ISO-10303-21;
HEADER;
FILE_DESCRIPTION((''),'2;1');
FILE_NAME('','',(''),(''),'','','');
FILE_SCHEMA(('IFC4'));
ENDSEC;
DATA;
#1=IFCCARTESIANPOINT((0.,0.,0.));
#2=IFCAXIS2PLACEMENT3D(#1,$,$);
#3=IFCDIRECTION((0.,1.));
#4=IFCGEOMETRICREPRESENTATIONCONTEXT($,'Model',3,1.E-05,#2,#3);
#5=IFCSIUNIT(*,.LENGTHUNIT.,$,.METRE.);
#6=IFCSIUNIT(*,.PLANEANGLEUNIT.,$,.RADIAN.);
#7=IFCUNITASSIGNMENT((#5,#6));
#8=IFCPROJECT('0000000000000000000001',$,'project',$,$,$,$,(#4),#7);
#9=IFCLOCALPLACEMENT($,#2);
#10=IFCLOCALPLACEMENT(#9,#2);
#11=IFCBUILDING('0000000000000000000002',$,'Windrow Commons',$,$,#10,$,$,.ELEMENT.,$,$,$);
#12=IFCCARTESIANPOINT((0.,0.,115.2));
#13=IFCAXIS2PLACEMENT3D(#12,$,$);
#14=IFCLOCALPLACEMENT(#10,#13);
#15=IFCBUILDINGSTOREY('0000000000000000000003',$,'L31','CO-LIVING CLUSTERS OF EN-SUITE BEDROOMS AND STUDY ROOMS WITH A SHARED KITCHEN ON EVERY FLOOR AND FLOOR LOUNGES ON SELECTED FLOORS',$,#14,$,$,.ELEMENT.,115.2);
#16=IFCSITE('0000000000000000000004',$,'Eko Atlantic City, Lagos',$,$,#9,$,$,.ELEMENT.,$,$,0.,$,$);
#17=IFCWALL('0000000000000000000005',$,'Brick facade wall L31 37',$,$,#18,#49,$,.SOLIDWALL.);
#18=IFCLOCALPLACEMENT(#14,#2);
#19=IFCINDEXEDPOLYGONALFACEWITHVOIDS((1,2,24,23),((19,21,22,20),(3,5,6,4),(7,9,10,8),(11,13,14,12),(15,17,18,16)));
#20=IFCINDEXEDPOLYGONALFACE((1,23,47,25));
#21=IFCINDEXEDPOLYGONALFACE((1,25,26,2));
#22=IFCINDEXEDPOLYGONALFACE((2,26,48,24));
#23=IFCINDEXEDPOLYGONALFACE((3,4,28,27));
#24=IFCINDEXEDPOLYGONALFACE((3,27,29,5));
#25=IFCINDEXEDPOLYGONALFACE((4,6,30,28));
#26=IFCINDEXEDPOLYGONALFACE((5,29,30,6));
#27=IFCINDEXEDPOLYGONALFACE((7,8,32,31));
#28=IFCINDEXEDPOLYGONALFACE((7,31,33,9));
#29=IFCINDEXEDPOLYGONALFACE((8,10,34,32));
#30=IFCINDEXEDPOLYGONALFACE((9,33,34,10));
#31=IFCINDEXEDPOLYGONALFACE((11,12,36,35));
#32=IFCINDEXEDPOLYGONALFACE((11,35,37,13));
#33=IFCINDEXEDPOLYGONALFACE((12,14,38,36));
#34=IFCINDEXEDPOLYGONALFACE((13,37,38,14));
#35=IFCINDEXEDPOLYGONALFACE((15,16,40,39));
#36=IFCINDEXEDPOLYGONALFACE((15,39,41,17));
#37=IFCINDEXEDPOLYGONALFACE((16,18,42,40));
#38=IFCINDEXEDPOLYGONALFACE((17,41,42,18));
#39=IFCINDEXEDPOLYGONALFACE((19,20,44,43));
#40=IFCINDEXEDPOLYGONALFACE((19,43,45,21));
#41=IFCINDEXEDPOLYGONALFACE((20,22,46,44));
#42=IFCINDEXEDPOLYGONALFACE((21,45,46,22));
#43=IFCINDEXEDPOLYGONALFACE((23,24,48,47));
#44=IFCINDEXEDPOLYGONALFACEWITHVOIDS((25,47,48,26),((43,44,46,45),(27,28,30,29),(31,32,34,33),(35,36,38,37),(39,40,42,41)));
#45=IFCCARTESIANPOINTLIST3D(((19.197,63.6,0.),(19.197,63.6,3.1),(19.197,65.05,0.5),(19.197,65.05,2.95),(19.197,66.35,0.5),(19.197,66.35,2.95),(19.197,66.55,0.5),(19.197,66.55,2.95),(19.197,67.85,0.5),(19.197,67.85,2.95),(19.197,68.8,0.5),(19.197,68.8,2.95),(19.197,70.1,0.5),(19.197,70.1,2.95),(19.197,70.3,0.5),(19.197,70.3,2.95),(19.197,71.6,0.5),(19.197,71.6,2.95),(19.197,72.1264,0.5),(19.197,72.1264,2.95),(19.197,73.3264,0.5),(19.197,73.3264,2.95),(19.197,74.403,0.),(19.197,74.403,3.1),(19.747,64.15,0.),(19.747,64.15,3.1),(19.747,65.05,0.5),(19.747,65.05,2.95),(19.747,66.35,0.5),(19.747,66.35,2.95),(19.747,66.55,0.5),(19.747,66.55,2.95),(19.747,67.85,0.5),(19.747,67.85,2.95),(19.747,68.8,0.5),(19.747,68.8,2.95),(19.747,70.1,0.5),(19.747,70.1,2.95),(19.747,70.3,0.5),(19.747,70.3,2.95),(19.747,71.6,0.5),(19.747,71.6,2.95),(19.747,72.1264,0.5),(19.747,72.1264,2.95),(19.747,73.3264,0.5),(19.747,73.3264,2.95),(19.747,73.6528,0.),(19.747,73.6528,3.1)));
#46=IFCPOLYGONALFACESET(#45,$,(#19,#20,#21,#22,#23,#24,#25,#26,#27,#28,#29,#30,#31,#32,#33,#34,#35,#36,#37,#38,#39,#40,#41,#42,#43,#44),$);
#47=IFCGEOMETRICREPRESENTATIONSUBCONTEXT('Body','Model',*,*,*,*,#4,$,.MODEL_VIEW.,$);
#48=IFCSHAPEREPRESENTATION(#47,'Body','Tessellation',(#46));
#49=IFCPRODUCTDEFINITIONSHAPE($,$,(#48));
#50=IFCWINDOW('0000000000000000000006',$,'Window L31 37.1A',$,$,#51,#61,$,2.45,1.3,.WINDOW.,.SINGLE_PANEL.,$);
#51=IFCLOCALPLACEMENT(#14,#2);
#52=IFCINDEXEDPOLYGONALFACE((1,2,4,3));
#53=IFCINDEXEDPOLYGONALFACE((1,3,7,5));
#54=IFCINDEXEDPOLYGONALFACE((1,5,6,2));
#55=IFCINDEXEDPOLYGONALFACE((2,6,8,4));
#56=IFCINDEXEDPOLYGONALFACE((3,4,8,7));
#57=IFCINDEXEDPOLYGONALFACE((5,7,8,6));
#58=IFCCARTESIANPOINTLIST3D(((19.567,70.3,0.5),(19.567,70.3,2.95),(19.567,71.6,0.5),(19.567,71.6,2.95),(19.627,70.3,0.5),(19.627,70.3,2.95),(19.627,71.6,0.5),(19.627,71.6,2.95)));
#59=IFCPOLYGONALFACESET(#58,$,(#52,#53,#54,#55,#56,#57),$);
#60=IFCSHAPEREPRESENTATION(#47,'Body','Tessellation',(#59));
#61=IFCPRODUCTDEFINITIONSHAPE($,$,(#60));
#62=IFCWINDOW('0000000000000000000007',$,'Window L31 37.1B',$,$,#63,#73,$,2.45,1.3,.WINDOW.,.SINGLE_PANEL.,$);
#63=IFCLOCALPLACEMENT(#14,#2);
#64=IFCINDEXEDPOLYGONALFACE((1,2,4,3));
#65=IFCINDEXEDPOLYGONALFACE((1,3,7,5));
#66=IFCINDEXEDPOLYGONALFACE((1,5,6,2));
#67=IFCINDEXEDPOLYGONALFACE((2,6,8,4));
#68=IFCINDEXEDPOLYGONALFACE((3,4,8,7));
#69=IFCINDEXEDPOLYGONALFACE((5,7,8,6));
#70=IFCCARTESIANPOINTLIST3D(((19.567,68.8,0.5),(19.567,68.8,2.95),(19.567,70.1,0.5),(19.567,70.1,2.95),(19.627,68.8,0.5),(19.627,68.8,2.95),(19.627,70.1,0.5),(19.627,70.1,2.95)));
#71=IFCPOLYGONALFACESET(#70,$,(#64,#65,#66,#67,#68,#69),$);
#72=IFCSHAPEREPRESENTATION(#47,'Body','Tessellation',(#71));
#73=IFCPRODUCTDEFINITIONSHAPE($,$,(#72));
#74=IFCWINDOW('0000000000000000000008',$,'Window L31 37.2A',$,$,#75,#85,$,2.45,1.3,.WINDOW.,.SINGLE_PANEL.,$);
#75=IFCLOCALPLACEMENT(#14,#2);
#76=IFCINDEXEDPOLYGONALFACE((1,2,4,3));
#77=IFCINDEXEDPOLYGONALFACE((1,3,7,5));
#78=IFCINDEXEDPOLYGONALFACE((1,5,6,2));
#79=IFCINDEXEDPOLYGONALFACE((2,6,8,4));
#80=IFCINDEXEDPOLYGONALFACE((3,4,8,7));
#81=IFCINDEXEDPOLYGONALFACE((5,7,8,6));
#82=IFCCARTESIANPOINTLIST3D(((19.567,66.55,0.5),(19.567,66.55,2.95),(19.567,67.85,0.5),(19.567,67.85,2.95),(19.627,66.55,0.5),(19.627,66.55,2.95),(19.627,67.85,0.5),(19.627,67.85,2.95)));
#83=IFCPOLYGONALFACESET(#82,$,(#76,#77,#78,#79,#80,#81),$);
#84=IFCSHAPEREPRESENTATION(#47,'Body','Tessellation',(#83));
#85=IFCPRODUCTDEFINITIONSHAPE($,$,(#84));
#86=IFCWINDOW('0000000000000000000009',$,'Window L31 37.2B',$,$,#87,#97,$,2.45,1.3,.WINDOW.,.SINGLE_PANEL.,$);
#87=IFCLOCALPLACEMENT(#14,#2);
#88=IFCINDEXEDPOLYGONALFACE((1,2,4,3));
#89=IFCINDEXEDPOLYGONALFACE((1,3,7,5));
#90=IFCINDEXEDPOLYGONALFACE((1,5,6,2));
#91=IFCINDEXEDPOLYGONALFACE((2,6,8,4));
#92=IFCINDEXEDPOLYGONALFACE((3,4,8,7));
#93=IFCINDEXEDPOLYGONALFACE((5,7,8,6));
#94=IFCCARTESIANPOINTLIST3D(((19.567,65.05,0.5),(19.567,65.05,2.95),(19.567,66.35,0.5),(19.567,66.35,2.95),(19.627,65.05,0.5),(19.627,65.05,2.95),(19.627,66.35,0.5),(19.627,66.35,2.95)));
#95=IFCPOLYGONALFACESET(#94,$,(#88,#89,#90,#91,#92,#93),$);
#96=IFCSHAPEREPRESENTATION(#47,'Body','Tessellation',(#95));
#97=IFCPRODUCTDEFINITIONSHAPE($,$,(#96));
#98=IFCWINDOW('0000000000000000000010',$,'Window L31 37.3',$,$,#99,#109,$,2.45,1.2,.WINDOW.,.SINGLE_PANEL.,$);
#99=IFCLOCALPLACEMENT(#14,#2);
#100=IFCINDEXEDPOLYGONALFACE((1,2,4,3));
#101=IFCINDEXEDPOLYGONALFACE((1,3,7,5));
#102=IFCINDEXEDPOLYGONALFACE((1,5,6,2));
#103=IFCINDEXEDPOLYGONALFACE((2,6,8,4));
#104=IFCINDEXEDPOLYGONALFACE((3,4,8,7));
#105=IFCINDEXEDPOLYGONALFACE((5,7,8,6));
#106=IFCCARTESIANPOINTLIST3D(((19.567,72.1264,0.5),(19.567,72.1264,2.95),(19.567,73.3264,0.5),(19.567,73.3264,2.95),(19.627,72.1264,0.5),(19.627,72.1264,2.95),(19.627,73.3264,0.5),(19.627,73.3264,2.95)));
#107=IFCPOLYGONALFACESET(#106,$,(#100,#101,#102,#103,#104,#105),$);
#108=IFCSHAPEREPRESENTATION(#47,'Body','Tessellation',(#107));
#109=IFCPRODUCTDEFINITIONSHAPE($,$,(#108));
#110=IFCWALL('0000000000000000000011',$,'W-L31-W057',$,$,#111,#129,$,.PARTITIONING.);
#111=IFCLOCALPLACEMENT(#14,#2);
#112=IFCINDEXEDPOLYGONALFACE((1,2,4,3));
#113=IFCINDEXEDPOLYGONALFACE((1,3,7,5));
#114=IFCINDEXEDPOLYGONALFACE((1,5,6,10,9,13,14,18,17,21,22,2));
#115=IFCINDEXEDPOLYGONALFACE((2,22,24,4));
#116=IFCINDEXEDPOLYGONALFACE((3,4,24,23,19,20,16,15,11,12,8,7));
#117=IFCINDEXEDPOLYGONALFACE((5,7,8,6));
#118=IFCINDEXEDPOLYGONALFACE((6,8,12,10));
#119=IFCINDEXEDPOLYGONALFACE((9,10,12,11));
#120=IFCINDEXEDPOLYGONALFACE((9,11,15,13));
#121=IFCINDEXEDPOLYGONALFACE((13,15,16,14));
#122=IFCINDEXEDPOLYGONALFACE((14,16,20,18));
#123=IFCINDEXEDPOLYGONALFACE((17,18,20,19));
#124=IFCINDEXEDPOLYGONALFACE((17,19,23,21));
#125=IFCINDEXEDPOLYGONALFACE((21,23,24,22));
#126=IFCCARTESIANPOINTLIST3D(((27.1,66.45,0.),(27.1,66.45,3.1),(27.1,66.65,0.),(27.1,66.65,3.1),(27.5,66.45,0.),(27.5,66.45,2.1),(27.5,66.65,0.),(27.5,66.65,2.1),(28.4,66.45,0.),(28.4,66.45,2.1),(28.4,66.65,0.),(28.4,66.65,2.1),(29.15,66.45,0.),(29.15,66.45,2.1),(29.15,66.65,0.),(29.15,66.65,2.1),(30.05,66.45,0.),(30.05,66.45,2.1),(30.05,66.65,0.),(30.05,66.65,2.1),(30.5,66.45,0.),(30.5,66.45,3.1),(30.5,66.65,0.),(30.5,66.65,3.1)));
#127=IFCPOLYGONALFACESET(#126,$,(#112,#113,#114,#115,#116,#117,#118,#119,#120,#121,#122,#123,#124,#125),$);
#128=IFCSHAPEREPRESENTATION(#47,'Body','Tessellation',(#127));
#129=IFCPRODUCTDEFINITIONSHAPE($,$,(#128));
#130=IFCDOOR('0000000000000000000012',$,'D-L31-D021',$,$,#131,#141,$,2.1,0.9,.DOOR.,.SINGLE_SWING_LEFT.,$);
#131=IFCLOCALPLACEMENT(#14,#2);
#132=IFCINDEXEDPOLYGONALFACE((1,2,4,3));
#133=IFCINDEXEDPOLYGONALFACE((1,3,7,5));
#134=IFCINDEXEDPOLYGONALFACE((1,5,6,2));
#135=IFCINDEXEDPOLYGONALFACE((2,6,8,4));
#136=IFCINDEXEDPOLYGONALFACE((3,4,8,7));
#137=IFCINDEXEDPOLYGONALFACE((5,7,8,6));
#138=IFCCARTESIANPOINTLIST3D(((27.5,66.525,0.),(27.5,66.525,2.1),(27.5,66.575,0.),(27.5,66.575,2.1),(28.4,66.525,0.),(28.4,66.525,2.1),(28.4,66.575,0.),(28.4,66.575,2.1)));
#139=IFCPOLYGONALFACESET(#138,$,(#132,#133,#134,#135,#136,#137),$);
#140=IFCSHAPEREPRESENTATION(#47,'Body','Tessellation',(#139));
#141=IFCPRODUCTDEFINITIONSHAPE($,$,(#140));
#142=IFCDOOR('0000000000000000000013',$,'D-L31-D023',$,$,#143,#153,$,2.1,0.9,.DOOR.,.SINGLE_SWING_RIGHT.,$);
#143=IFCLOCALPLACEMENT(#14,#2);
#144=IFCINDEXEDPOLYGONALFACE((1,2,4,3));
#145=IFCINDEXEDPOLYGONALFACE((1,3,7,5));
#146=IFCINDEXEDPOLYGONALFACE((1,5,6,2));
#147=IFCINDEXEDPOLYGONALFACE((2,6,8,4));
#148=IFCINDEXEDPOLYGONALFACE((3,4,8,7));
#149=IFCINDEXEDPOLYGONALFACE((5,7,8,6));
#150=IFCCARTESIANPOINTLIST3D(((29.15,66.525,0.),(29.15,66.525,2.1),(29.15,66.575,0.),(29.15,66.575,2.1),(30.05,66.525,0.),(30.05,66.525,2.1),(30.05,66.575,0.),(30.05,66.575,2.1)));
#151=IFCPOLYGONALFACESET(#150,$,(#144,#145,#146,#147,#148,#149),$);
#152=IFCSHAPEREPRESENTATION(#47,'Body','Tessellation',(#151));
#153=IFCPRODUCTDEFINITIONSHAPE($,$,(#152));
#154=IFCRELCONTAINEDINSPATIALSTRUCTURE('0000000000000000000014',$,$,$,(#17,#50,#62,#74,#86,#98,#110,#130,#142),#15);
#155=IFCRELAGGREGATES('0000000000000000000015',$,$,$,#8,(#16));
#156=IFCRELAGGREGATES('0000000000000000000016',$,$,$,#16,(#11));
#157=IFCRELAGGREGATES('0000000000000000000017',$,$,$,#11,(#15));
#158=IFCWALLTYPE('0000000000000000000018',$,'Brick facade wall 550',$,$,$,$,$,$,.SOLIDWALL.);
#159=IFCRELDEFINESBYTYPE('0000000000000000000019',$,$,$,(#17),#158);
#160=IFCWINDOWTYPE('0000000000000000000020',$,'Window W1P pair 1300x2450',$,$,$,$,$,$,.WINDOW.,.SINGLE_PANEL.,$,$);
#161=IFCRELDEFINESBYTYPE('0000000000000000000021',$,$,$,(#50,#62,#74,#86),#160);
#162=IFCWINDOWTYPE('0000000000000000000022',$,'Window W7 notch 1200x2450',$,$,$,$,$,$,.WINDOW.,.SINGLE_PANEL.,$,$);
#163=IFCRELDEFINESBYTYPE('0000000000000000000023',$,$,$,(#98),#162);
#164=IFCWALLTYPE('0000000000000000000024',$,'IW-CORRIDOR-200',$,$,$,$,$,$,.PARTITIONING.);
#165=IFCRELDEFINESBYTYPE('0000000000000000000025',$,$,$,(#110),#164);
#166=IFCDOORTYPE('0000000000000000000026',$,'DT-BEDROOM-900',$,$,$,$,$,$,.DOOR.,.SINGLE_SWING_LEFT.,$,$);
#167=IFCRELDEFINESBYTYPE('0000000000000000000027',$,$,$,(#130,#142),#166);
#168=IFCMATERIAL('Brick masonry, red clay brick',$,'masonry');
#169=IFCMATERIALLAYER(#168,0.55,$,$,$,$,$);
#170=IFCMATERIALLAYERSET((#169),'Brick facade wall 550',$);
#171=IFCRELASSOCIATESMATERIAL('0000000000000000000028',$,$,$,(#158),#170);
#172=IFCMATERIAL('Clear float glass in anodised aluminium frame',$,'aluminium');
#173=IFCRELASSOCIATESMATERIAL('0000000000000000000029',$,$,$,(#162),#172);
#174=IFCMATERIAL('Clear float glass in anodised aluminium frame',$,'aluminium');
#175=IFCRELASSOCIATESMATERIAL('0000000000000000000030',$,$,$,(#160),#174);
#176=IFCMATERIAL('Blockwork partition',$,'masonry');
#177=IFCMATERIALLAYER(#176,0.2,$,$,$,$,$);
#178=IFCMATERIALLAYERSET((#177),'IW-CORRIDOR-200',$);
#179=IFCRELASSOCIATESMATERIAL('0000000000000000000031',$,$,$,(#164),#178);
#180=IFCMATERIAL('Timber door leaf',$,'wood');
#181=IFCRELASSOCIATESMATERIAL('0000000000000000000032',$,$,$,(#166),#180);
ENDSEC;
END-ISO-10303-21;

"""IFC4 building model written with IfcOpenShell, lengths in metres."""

from ifc_helpers import new_model, si_unit, direction, frame, frame_2d, origin, place, context, subcontext, project, spatial, polyline, rectangle, outline, extrude, material, layer, layer_set, type_object, element, fill, save


model = new_model("IFC4")

# Units and contexts
model_context = context("Model", 3, precision=1e-05, world=origin(), true_north=direction((0.0, 1.0)))
body_context = subcontext(model_context, "Body", "Model", "MODEL_VIEW")
ifc_project = project(units=[si_unit("LENGTHUNIT", "METRE"), si_unit("PLANEANGLEUNIT", "RADIAN")], contexts=[model_context])

# Site, building, storey
site_placement = place(None, origin())
site = spatial("IfcSite", under=ifc_project, at=site_placement, Name="Eko Atlantic City, Lagos", CompositionType="ELEMENT", RefElevation=0.0)
building_placement = place(site_placement, origin())
building = spatial("IfcBuilding", under=site, at=building_placement, Name="Windrow Commons", CompositionType="ELEMENT")
storey_placement = place(building_placement, frame((0.0, 0.0, 115.2)))
storey = spatial("IfcBuildingStorey", under=building, at=storey_placement, Name="L31", Description="CO-LIVING CLUSTERS OF EN-SUITE BEDROOMS AND STUDY ROOMS WITH A SHARED KITCHEN ON EVERY FLOOR AND FLOOR LOUNGES ON SELECTED FLOORS", CompositionType="ELEMENT", Elevation=115.2)

# Shared definitions
ifc_material_1 = material(Name="Brick masonry, red clay brick", Category="masonry")
ifc_layer_1 = layer(ifc_material_1, 0.55)
ifc_layer_set_1 = layer_set([ifc_layer_1], Name="Brick facade wall 550")
wall_type_1 = type_object("IfcWallType", Name="Brick facade wall 550", PredefinedType="SOLIDWALL", material=ifc_layer_set_1)
ifc_material_2 = material(Name="Clear float glass in anodised aluminium frame", Category="aluminium")
window_type_1 = type_object("IfcWindowType", Name="Window W7 notch 1200x2450", PartitioningType="SINGLE_PANEL", PredefinedType="WINDOW", material=ifc_material_2)

# Wall, openings, windows
wall_1_placement = place(storey_placement, frame((19.472, 74.0279, 0.0), z_axis=(0.0, 0.0, 1.0), x_axis=(0.0, -1.0, 0.0)))
wall_1 = element("IfcWall", 1, at=wall_1_placement, inside=storey, type_object=wall_type_1, Name="Brick facade wall L31 37", PredefinedType="SOLIDWALL", context=body_context, shape_type="SweptSolid", body=[
    extrude(outline(polyline([(-0.3751, -0.275), (10.4279, -0.275), (9.8779, 0.275), (0.3751, 0.275), (-0.3751, -0.275)])), origin(), (0.0, 0.0, 1.0), 3.1),
])
opening_1_placement = place(wall_1_placement, frame((2.4279, 0.0, 0.5)))
opening_1 = element("IfcOpeningElement", 2, at=opening_1_placement, cuts=wall_1, PredefinedType="OPENING", context=body_context, shape_type="SweptSolid", body=[
    extrude(rectangle(XDim=1.3, YDim=2.45, at=frame_2d((0.65, 1.225))), frame((0.0, 0.285, 0.0), z_axis=(0.0, -1.0, 0.0), x_axis=(1.0, 0.0, 0.0)), (0.0, 0.0, 1.0), 0.57),
])
opening_2_placement = place(wall_1_placement, frame((3.9279, 0.0, 0.5)))
opening_2 = element("IfcOpeningElement", 3, at=opening_2_placement, cuts=wall_1, PredefinedType="OPENING", context=body_context, shape_type="SweptSolid", body=[
    extrude(rectangle(XDim=1.3, YDim=2.45, at=frame_2d((0.65, 1.225))), frame((0.0, 0.285, 0.0), z_axis=(0.0, -1.0, 0.0), x_axis=(1.0, 0.0, 0.0)), (0.0, 0.0, 1.0), 0.57),
])
opening_3_placement = place(wall_1_placement, frame((6.1779, 0.0, 0.5)))
opening_3 = element("IfcOpeningElement", 4, at=opening_3_placement, cuts=wall_1, PredefinedType="OPENING", context=body_context, shape_type="SweptSolid", body=[
    extrude(rectangle(XDim=1.3, YDim=2.45, at=frame_2d((0.65, 1.225))), frame((0.0, 0.285, 0.0), z_axis=(0.0, -1.0, 0.0), x_axis=(1.0, 0.0, 0.0)), (0.0, 0.0, 1.0), 0.57),
])
opening_4_placement = place(wall_1_placement, frame((7.6779, 0.0, 0.5)))
opening_4 = element("IfcOpeningElement", 5, at=opening_4_placement, cuts=wall_1, PredefinedType="OPENING", context=body_context, shape_type="SweptSolid", body=[
    extrude(rectangle(XDim=1.3, YDim=2.45, at=frame_2d((0.65, 1.225))), frame((0.0, 0.285, 0.0), z_axis=(0.0, -1.0, 0.0), x_axis=(1.0, 0.0, 0.0)), (0.0, 0.0, 1.0), 0.57),
])
opening_5_placement = place(wall_1_placement, frame((0.7015, 0.0, 0.5)))
opening_5 = element("IfcOpeningElement", 6, at=opening_5_placement, cuts=wall_1, PredefinedType="OPENING", context=body_context, shape_type="SweptSolid", body=[
    extrude(rectangle(XDim=1.2, YDim=2.45, at=frame_2d((0.6, 1.225))), frame((0.0, 0.285, 0.0), z_axis=(0.0, -1.0, 0.0), x_axis=(1.0, 0.0, 0.0)), (0.0, 0.0, 1.0), 0.57),
])
ifc_material_3 = material(Name="Clear float glass in anodised aluminium frame", Category="aluminium")
window_type_2 = type_object("IfcWindowType", Name="Window W1P pair 1300x2450", PartitioningType="SINGLE_PANEL", PredefinedType="WINDOW", material=ifc_material_3)
window_1_placement = place(opening_1_placement, origin())
window_1 = element("IfcWindow", 7, at=window_1_placement, inside=storey, type_object=window_type_2, Name="Window L31 37.1A", OverallHeight=2.45, OverallWidth=1.3, PartitioningType="SINGLE_PANEL", PredefinedType="WINDOW", context=body_context, shape_type="SweptSolid", body=[
    extrude(rectangle(XDim=1.3, YDim=2.45, at=frame_2d((0.65, 1.225))), frame((0.0, 0.155, 0.0), z_axis=(0.0, -1.0, 0.0), x_axis=(1.0, 0.0, 0.0)), (0.0, 0.0, 1.0), 0.06),
])
fill(opening_1, window_1)
window_2_placement = place(opening_2_placement, origin())
window_2 = element("IfcWindow", 8, at=window_2_placement, inside=storey, type_object=window_type_2, Name="Window L31 37.1B", OverallHeight=2.45, OverallWidth=1.3, PartitioningType="SINGLE_PANEL", PredefinedType="WINDOW", context=body_context, shape_type="SweptSolid", body=[
    extrude(rectangle(XDim=1.3, YDim=2.45, at=frame_2d((0.65, 1.225))), frame((0.0, 0.155, 0.0), z_axis=(0.0, -1.0, 0.0), x_axis=(1.0, 0.0, 0.0)), (0.0, 0.0, 1.0), 0.06),
])
fill(opening_2, window_2)
window_3_placement = place(opening_3_placement, origin())
window_3 = element("IfcWindow", 9, at=window_3_placement, inside=storey, type_object=window_type_2, Name="Window L31 37.2A", OverallHeight=2.45, OverallWidth=1.3, PartitioningType="SINGLE_PANEL", PredefinedType="WINDOW", context=body_context, shape_type="SweptSolid", body=[
    extrude(rectangle(XDim=1.3, YDim=2.45, at=frame_2d((0.65, 1.225))), frame((0.0, 0.155, 0.0), z_axis=(0.0, -1.0, 0.0), x_axis=(1.0, 0.0, 0.0)), (0.0, 0.0, 1.0), 0.06),
])
fill(opening_3, window_3)
window_4_placement = place(opening_4_placement, origin())
window_4 = element("IfcWindow", 10, at=window_4_placement, inside=storey, type_object=window_type_2, Name="Window L31 37.2B", OverallHeight=2.45, OverallWidth=1.3, PartitioningType="SINGLE_PANEL", PredefinedType="WINDOW", context=body_context, shape_type="SweptSolid", body=[
    extrude(rectangle(XDim=1.3, YDim=2.45, at=frame_2d((0.65, 1.225))), frame((0.0, 0.155, 0.0), z_axis=(0.0, -1.0, 0.0), x_axis=(1.0, 0.0, 0.0)), (0.0, 0.0, 1.0), 0.06),
])
fill(opening_4, window_4)
window_5_placement = place(opening_5_placement, origin())
window_5 = element("IfcWindow", 11, at=window_5_placement, inside=storey, type_object=window_type_1, Name="Window L31 37.3", OverallHeight=2.45, OverallWidth=1.2, PartitioningType="SINGLE_PANEL", PredefinedType="WINDOW", context=body_context, shape_type="SweptSolid", body=[
    extrude(rectangle(XDim=1.2, YDim=2.45, at=frame_2d((0.6, 1.225))), frame((0.0, 0.155, 0.0), z_axis=(0.0, -1.0, 0.0), x_axis=(1.0, 0.0, 0.0)), (0.0, 0.0, 1.0), 0.06),
])
fill(opening_5, window_5)

# Wall, openings, doors
ifc_material_4 = material(Name="Blockwork partition", Category="masonry")
ifc_layer_2 = layer(ifc_material_4, 0.2)
ifc_layer_set_2 = layer_set([ifc_layer_2], Name="IW-CORRIDOR-200")
wall_type_2 = type_object("IfcWallType", Name="IW-CORRIDOR-200", PredefinedType="PARTITIONING", material=ifc_layer_set_2)
wall_2_placement = place(storey_placement, frame((27.1, 66.55, 0.0), z_axis=(0.0, 0.0, 1.0), x_axis=(1.0, 0.0, 0.0)))
wall_2 = element("IfcWall", 12, at=wall_2_placement, inside=storey, type_object=wall_type_2, Name="W-L31-W057", PredefinedType="PARTITIONING", context=body_context, shape_type="SweptSolid", body=[
    extrude(rectangle(XDim=3.4, YDim=0.2, at=frame_2d((1.7, 0.0))), origin(), (0.0, 0.0, 1.0), 3.1),
])
opening_6_placement = place(wall_2_placement, frame((0.4, 0.0, 0.0)))
opening_6 = element("IfcOpeningElement", 13, at=opening_6_placement, cuts=wall_2, PredefinedType="OPENING", context=body_context, shape_type="SweptSolid", body=[
    extrude(rectangle(XDim=0.9, YDim=2.1, at=frame_2d((0.45, 1.05))), frame((0.0, 0.11, 0.0), z_axis=(0.0, -1.0, 0.0), x_axis=(1.0, 0.0, 0.0)), (0.0, 0.0, 1.0), 0.22),
])
opening_7_placement = place(wall_2_placement, frame((2.05, 0.0, 0.0)))
opening_7 = element("IfcOpeningElement", 14, at=opening_7_placement, cuts=wall_2, PredefinedType="OPENING", context=body_context, shape_type="SweptSolid", body=[
    extrude(rectangle(XDim=0.9, YDim=2.1, at=frame_2d((0.45, 1.05))), frame((0.0, 0.11, 0.0), z_axis=(0.0, -1.0, 0.0), x_axis=(1.0, 0.0, 0.0)), (0.0, 0.0, 1.0), 0.22),
])
ifc_material_5 = material(Name="Timber door leaf", Category="wood")
door_type_1 = type_object("IfcDoorType", Name="DT-BEDROOM-900", OperationType="SINGLE_SWING_LEFT", PredefinedType="DOOR", material=ifc_material_5)
door_1_placement = place(opening_6_placement, origin())
door_1 = element("IfcDoor", 15, at=door_1_placement, inside=storey, type_object=door_type_1, Name="D-L31-D021", OperationType="SINGLE_SWING_LEFT", OverallHeight=2.1, OverallWidth=0.9, PredefinedType="DOOR", context=body_context, shape_type="SweptSolid", body=[
    extrude(rectangle(XDim=0.9, YDim=2.1, at=frame_2d((0.45, 1.05))), frame((0.0, 0.025, 0.0), z_axis=(0.0, -1.0, 0.0), x_axis=(1.0, 0.0, 0.0)), (0.0, 0.0, 1.0), 0.05),
])
fill(opening_6, door_1)
door_2_placement = place(opening_7_placement, origin())
door_2 = element("IfcDoor", 16, at=door_2_placement, inside=storey, type_object=door_type_1, Name="D-L31-D023", OperationType="SINGLE_SWING_RIGHT", OverallHeight=2.1, OverallWidth=0.9, PredefinedType="DOOR", context=body_context, shape_type="SweptSolid", body=[
    extrude(rectangle(XDim=0.9, YDim=2.1, at=frame_2d((0.45, 1.05))), frame((0.0, 0.025, 0.0), z_axis=(0.0, -1.0, 0.0), x_axis=(1.0, 0.0, 0.0)), (0.0, 0.0, 1.0), 0.05),
])
fill(opening_7, door_2)

save(model, "model.ifc")
